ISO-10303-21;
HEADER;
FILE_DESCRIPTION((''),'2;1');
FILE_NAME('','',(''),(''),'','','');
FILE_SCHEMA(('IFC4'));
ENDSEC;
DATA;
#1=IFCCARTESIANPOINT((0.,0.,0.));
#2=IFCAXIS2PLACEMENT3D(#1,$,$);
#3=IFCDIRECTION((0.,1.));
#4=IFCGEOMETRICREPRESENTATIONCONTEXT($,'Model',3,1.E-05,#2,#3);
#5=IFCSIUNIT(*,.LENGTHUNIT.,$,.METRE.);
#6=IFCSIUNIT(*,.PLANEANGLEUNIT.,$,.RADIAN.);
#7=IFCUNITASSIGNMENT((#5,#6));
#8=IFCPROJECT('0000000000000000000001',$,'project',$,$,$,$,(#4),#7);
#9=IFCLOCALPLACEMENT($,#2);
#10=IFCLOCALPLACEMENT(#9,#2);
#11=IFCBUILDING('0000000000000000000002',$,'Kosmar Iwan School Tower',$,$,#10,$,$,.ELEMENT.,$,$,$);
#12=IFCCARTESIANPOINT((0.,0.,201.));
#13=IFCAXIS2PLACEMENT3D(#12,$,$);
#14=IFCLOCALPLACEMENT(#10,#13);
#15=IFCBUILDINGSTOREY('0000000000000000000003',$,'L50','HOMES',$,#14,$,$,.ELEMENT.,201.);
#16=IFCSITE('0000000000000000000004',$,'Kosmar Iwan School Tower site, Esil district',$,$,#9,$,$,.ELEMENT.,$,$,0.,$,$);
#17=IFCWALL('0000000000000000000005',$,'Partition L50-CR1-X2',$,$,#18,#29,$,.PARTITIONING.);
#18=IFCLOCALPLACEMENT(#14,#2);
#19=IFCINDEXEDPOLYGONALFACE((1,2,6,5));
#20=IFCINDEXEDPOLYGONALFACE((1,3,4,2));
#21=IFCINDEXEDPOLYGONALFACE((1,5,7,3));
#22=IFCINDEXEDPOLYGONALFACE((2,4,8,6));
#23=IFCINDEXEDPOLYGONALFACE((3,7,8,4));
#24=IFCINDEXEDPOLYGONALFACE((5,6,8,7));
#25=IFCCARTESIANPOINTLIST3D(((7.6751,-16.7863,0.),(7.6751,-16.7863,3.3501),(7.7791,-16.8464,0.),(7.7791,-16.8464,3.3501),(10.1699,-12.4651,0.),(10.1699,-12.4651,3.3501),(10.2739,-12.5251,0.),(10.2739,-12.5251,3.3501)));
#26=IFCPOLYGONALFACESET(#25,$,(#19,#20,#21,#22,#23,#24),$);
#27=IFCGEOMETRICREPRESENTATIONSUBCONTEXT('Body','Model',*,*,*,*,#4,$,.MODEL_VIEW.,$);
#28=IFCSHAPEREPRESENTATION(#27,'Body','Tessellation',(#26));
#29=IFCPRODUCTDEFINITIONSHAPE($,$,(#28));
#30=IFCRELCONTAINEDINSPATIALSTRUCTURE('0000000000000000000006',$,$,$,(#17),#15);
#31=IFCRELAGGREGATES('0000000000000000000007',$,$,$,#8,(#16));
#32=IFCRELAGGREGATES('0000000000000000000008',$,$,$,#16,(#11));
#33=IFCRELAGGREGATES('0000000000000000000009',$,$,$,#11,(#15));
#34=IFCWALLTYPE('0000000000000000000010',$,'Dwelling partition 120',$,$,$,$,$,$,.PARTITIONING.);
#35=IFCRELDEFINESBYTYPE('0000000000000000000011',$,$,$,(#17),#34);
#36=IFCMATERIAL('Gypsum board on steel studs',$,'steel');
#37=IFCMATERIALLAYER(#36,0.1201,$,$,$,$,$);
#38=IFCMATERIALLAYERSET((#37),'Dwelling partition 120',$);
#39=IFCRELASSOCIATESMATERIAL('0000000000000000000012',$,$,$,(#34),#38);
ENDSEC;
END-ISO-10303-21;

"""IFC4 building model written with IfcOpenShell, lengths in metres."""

from ifc_helpers import new_model, si_unit, direction, frame, frame_2d, origin, place, context, subcontext, project, spatial, rectangle, extrude, material, layer, layer_set, type_object, element, save


model = new_model("IFC4")

# Units and contexts
model_context = context("Model", 3, precision=1e-05, world=origin(), true_north=direction((0.0, 1.0)))
body_context = subcontext(model_context, "Body", "Model", "MODEL_VIEW")
ifc_project = project(units=[si_unit("LENGTHUNIT", "METRE"), si_unit("PLANEANGLEUNIT", "RADIAN")], contexts=[model_context])

# Site, building, storey
site_placement = place(None, origin())
site = spatial("IfcSite", under=ifc_project, at=site_placement, Name="Kosmar Iwan School Tower site, Esil district", CompositionType="ELEMENT", RefElevation=0.0)
building_placement = place(site_placement, origin())
building = spatial("IfcBuilding", under=site, at=building_placement, Name="Kosmar Iwan School Tower", CompositionType="ELEMENT")
storey_placement = place(building_placement, frame((0.0, 0.0, 201.0)))
storey = spatial("IfcBuildingStorey", under=building, at=storey_placement, Name="L50", Description="HOMES", CompositionType="ELEMENT", Elevation=201.0)

# Shared definitions
ifc_material_1 = material(Name="Gypsum board on steel studs", Category="steel")
ifc_layer = layer(ifc_material_1, 0.1201)
ifc_layer_set = layer_set([ifc_layer], Name="Dwelling partition 120")
wall_type = type_object("IfcWallType", Name="Dwelling partition 120", PredefinedType="PARTITIONING", material=ifc_layer_set)

# Wall
wall_1_placement = place(storey_placement, frame((10.2219, -12.4951, 0.0), z_axis=(0.0, 0.0, 1.0), x_axis=(-0.499996, -0.866028, 0.0)))
element("IfcWall", 1, at=wall_1_placement, inside=storey, type_object=wall_type, Name="Partition L50-CR1-X2", PredefinedType="PARTITIONING", context=body_context, shape_type="SweptSolid", body=[
    extrude(rectangle(XDim=4.9897, YDim=0.1201, at=frame_2d((2.4949, 0.0))), origin(), (0.0, 0.0, 1.0), 3.3501),
])

save(model, "model.ifc")
